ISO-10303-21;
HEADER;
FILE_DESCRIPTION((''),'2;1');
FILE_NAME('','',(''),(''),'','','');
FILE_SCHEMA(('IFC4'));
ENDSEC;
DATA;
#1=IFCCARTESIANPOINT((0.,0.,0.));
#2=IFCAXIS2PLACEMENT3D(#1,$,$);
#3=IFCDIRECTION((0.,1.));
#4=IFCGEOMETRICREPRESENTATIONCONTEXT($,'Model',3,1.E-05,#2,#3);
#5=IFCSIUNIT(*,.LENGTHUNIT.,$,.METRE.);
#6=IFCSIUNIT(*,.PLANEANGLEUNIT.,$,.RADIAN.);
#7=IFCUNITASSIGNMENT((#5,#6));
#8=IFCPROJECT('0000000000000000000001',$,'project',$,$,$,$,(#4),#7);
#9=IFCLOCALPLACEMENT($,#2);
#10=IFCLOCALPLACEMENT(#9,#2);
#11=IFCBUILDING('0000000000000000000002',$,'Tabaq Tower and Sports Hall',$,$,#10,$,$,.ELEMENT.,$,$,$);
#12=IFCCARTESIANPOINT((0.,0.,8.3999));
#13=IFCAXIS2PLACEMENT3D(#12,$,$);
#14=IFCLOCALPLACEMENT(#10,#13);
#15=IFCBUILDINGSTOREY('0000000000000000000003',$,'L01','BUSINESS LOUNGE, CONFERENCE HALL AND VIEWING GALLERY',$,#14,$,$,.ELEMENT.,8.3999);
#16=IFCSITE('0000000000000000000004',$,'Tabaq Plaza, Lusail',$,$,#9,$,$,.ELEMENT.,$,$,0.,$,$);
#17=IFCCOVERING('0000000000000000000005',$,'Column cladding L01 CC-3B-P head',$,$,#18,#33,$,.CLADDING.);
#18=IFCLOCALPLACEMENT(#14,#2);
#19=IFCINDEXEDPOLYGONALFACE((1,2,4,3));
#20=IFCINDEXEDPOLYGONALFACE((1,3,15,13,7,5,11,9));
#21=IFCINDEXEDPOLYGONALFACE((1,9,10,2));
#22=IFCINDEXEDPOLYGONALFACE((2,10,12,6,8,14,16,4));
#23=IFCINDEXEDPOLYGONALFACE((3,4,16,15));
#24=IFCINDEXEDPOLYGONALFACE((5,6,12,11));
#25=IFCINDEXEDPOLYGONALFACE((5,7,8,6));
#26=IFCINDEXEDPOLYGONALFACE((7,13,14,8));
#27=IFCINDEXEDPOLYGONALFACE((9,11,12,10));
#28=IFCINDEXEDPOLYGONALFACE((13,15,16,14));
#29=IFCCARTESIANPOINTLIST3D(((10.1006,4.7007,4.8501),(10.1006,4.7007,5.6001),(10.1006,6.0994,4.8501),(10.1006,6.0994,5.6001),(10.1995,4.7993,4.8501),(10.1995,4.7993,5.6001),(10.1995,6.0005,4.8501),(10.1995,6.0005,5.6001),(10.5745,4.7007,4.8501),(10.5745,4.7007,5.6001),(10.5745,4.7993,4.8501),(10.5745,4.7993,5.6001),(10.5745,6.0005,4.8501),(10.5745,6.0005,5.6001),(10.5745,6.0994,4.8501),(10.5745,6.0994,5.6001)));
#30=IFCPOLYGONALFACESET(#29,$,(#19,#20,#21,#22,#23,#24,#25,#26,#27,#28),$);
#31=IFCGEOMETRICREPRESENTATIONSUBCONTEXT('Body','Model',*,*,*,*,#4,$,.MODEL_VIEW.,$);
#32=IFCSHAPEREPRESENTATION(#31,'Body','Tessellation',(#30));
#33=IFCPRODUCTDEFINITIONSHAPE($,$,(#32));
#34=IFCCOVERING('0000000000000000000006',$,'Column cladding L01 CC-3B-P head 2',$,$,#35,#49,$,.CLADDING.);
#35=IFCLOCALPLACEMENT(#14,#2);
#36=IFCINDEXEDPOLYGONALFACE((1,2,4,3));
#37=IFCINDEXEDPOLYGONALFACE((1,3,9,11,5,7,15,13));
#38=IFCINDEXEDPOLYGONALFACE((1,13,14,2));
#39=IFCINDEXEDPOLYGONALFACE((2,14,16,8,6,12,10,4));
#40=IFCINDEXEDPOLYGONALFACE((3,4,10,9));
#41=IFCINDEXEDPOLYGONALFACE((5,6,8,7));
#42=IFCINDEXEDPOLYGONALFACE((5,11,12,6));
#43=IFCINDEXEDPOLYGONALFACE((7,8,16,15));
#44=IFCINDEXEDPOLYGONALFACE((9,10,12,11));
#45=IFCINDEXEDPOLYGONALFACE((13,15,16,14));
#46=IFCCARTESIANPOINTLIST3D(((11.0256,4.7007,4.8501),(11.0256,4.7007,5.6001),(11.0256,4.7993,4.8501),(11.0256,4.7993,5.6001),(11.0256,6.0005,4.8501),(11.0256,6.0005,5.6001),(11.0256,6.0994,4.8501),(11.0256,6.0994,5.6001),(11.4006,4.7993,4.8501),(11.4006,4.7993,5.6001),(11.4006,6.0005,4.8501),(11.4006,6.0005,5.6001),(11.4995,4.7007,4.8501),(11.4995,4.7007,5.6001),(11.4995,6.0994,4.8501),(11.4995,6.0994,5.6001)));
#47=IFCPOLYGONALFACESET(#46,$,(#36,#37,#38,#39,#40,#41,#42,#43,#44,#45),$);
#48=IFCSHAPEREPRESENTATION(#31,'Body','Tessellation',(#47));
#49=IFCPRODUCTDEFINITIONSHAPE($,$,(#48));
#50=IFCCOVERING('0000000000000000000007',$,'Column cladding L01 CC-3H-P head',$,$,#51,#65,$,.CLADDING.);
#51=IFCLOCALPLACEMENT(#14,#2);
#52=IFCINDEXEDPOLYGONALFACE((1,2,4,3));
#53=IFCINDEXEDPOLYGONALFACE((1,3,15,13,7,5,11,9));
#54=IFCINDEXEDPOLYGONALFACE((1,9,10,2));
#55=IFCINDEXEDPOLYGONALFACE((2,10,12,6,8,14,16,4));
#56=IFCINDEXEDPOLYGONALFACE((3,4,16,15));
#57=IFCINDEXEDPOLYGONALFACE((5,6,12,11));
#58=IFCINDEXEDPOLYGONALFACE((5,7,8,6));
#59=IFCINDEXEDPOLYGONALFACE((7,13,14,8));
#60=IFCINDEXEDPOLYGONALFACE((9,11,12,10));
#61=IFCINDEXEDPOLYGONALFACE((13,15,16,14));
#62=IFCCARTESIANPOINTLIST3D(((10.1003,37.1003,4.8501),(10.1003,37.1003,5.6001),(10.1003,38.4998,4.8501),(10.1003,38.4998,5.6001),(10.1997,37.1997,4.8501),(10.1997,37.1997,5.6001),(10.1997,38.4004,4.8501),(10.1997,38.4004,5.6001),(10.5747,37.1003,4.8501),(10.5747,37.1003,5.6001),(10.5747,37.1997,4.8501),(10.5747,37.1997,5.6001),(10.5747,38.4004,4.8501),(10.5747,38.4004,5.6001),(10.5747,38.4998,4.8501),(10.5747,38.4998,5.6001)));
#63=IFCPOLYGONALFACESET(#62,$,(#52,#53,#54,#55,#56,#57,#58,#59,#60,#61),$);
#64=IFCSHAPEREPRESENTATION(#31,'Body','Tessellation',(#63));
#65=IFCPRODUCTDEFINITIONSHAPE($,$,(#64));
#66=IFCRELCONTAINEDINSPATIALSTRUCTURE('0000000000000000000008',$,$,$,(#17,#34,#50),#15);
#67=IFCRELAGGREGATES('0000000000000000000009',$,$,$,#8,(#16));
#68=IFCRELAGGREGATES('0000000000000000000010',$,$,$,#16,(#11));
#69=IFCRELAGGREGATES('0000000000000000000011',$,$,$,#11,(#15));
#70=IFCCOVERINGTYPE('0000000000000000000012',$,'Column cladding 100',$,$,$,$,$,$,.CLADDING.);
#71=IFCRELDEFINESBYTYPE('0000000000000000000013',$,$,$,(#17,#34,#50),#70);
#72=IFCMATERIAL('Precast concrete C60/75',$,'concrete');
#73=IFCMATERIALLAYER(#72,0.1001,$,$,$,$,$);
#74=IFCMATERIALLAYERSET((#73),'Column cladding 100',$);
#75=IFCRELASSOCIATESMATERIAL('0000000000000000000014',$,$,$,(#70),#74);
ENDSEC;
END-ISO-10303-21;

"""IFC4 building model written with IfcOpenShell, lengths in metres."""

from ifc_helpers import new_model, si_unit, direction, frame, origin, place, context, subcontext, project, spatial, polyline, outline, extrude, material, layer, layer_set, type_object, element, save


model = new_model("IFC4")

# Units and contexts
model_context = context("Model", 3, precision=1e-05, world=origin(), true_north=direction((0.0, 1.0)))
body_context = subcontext(model_context, "Body", "Model", "MODEL_VIEW")
ifc_project = project(units=[si_unit("LENGTHUNIT", "METRE"), si_unit("PLANEANGLEUNIT", "RADIAN")], contexts=[model_context])

# Site, building, storey
site_placement = place(None, origin())
site = spatial("IfcSite", under=ifc_project, at=site_placement, Name="Tabaq Plaza, Lusail", CompositionType="ELEMENT", RefElevation=0.0)
building_placement = place(site_placement, origin())
building = spatial("IfcBuilding", under=site, at=building_placement, Name="Tabaq Tower and Sports Hall", CompositionType="ELEMENT")
storey_placement = place(building_placement, frame((0.0, 0.0, 8.3999)))
storey = spatial("IfcBuildingStorey", under=building, at=storey_placement, Name="L01", Description="BUSINESS LOUNGE, CONFERENCE HALL AND VIEWING GALLERY", CompositionType="ELEMENT", Elevation=8.3999)

# Coverings
ifc_material_1 = material(Name="Precast concrete C60/75", Category="concrete")
ifc_layer_1 = layer(ifc_material_1, 0.1001)
ifc_layer_set_1 = layer_set([ifc_layer_1], Name="Column cladding 100")
covering_type = type_object("IfcCoveringType", Name="Column cladding 100", PredefinedType="CLADDING", material=ifc_layer_set_1)
covering_1_placement = place(storey_placement, frame((0.0, 0.0, 4.8501)))
element("IfcCovering", 1, at=covering_1_placement, inside=storey, type_object=covering_type, Name="Column cladding L01 CC-3B-P head", PredefinedType="CLADDING", context=body_context, shape_type="SweptSolid", body=[
    extrude(outline(polyline([(10.5745, 4.7993), (10.5745, 4.7007), (10.1006, 4.7007), (10.1006, 6.0994), (10.5745, 6.0994), (10.5745, 6.0005), (10.1995, 6.0005), (10.1995, 4.7993), (10.5745, 4.7993)])), origin(), (0.0, 0.0, 1.0), 0.75),
])
covering_2_placement = place(storey_placement, frame((0.0, 0.0, 4.8501)))
element("IfcCovering", 2, at=covering_2_placement, inside=storey, type_object=covering_type, Name="Column cladding L01 CC-3B-P head 2", PredefinedType="CLADDING", context=body_context, shape_type="SweptSolid", body=[
    extrude(outline(polyline([(11.0256, 4.7993), (11.4006, 4.7993), (11.4006, 6.0005), (11.0256, 6.0005), (11.0256, 6.0994), (11.4995, 6.0994), (11.4995, 4.7007), (11.0256, 4.7007), (11.0256, 4.7993)])), origin(), (0.0, 0.0, 1.0), 0.75),
])
covering_3_placement = place(storey_placement, frame((0.0, 0.0, 4.8501)))
element("IfcCovering", 3, at=covering_3_placement, inside=storey, type_object=covering_type, Name="Column cladding L01 CC-3H-P head", PredefinedType="CLADDING", context=body_context, shape_type="SweptSolid", body=[
    extrude(outline(polyline([(10.5747, 38.4998), (10.5747, 38.4004), (10.1997, 38.4004), (10.1997, 37.1997), (10.5747, 37.1997), (10.5747, 37.1003), (10.1003, 37.1003), (10.1003, 38.4998), (10.5747, 38.4998)])), origin(), (0.0, 0.0, 1.0), 0.75),
])

save(model, "model.ifc")
